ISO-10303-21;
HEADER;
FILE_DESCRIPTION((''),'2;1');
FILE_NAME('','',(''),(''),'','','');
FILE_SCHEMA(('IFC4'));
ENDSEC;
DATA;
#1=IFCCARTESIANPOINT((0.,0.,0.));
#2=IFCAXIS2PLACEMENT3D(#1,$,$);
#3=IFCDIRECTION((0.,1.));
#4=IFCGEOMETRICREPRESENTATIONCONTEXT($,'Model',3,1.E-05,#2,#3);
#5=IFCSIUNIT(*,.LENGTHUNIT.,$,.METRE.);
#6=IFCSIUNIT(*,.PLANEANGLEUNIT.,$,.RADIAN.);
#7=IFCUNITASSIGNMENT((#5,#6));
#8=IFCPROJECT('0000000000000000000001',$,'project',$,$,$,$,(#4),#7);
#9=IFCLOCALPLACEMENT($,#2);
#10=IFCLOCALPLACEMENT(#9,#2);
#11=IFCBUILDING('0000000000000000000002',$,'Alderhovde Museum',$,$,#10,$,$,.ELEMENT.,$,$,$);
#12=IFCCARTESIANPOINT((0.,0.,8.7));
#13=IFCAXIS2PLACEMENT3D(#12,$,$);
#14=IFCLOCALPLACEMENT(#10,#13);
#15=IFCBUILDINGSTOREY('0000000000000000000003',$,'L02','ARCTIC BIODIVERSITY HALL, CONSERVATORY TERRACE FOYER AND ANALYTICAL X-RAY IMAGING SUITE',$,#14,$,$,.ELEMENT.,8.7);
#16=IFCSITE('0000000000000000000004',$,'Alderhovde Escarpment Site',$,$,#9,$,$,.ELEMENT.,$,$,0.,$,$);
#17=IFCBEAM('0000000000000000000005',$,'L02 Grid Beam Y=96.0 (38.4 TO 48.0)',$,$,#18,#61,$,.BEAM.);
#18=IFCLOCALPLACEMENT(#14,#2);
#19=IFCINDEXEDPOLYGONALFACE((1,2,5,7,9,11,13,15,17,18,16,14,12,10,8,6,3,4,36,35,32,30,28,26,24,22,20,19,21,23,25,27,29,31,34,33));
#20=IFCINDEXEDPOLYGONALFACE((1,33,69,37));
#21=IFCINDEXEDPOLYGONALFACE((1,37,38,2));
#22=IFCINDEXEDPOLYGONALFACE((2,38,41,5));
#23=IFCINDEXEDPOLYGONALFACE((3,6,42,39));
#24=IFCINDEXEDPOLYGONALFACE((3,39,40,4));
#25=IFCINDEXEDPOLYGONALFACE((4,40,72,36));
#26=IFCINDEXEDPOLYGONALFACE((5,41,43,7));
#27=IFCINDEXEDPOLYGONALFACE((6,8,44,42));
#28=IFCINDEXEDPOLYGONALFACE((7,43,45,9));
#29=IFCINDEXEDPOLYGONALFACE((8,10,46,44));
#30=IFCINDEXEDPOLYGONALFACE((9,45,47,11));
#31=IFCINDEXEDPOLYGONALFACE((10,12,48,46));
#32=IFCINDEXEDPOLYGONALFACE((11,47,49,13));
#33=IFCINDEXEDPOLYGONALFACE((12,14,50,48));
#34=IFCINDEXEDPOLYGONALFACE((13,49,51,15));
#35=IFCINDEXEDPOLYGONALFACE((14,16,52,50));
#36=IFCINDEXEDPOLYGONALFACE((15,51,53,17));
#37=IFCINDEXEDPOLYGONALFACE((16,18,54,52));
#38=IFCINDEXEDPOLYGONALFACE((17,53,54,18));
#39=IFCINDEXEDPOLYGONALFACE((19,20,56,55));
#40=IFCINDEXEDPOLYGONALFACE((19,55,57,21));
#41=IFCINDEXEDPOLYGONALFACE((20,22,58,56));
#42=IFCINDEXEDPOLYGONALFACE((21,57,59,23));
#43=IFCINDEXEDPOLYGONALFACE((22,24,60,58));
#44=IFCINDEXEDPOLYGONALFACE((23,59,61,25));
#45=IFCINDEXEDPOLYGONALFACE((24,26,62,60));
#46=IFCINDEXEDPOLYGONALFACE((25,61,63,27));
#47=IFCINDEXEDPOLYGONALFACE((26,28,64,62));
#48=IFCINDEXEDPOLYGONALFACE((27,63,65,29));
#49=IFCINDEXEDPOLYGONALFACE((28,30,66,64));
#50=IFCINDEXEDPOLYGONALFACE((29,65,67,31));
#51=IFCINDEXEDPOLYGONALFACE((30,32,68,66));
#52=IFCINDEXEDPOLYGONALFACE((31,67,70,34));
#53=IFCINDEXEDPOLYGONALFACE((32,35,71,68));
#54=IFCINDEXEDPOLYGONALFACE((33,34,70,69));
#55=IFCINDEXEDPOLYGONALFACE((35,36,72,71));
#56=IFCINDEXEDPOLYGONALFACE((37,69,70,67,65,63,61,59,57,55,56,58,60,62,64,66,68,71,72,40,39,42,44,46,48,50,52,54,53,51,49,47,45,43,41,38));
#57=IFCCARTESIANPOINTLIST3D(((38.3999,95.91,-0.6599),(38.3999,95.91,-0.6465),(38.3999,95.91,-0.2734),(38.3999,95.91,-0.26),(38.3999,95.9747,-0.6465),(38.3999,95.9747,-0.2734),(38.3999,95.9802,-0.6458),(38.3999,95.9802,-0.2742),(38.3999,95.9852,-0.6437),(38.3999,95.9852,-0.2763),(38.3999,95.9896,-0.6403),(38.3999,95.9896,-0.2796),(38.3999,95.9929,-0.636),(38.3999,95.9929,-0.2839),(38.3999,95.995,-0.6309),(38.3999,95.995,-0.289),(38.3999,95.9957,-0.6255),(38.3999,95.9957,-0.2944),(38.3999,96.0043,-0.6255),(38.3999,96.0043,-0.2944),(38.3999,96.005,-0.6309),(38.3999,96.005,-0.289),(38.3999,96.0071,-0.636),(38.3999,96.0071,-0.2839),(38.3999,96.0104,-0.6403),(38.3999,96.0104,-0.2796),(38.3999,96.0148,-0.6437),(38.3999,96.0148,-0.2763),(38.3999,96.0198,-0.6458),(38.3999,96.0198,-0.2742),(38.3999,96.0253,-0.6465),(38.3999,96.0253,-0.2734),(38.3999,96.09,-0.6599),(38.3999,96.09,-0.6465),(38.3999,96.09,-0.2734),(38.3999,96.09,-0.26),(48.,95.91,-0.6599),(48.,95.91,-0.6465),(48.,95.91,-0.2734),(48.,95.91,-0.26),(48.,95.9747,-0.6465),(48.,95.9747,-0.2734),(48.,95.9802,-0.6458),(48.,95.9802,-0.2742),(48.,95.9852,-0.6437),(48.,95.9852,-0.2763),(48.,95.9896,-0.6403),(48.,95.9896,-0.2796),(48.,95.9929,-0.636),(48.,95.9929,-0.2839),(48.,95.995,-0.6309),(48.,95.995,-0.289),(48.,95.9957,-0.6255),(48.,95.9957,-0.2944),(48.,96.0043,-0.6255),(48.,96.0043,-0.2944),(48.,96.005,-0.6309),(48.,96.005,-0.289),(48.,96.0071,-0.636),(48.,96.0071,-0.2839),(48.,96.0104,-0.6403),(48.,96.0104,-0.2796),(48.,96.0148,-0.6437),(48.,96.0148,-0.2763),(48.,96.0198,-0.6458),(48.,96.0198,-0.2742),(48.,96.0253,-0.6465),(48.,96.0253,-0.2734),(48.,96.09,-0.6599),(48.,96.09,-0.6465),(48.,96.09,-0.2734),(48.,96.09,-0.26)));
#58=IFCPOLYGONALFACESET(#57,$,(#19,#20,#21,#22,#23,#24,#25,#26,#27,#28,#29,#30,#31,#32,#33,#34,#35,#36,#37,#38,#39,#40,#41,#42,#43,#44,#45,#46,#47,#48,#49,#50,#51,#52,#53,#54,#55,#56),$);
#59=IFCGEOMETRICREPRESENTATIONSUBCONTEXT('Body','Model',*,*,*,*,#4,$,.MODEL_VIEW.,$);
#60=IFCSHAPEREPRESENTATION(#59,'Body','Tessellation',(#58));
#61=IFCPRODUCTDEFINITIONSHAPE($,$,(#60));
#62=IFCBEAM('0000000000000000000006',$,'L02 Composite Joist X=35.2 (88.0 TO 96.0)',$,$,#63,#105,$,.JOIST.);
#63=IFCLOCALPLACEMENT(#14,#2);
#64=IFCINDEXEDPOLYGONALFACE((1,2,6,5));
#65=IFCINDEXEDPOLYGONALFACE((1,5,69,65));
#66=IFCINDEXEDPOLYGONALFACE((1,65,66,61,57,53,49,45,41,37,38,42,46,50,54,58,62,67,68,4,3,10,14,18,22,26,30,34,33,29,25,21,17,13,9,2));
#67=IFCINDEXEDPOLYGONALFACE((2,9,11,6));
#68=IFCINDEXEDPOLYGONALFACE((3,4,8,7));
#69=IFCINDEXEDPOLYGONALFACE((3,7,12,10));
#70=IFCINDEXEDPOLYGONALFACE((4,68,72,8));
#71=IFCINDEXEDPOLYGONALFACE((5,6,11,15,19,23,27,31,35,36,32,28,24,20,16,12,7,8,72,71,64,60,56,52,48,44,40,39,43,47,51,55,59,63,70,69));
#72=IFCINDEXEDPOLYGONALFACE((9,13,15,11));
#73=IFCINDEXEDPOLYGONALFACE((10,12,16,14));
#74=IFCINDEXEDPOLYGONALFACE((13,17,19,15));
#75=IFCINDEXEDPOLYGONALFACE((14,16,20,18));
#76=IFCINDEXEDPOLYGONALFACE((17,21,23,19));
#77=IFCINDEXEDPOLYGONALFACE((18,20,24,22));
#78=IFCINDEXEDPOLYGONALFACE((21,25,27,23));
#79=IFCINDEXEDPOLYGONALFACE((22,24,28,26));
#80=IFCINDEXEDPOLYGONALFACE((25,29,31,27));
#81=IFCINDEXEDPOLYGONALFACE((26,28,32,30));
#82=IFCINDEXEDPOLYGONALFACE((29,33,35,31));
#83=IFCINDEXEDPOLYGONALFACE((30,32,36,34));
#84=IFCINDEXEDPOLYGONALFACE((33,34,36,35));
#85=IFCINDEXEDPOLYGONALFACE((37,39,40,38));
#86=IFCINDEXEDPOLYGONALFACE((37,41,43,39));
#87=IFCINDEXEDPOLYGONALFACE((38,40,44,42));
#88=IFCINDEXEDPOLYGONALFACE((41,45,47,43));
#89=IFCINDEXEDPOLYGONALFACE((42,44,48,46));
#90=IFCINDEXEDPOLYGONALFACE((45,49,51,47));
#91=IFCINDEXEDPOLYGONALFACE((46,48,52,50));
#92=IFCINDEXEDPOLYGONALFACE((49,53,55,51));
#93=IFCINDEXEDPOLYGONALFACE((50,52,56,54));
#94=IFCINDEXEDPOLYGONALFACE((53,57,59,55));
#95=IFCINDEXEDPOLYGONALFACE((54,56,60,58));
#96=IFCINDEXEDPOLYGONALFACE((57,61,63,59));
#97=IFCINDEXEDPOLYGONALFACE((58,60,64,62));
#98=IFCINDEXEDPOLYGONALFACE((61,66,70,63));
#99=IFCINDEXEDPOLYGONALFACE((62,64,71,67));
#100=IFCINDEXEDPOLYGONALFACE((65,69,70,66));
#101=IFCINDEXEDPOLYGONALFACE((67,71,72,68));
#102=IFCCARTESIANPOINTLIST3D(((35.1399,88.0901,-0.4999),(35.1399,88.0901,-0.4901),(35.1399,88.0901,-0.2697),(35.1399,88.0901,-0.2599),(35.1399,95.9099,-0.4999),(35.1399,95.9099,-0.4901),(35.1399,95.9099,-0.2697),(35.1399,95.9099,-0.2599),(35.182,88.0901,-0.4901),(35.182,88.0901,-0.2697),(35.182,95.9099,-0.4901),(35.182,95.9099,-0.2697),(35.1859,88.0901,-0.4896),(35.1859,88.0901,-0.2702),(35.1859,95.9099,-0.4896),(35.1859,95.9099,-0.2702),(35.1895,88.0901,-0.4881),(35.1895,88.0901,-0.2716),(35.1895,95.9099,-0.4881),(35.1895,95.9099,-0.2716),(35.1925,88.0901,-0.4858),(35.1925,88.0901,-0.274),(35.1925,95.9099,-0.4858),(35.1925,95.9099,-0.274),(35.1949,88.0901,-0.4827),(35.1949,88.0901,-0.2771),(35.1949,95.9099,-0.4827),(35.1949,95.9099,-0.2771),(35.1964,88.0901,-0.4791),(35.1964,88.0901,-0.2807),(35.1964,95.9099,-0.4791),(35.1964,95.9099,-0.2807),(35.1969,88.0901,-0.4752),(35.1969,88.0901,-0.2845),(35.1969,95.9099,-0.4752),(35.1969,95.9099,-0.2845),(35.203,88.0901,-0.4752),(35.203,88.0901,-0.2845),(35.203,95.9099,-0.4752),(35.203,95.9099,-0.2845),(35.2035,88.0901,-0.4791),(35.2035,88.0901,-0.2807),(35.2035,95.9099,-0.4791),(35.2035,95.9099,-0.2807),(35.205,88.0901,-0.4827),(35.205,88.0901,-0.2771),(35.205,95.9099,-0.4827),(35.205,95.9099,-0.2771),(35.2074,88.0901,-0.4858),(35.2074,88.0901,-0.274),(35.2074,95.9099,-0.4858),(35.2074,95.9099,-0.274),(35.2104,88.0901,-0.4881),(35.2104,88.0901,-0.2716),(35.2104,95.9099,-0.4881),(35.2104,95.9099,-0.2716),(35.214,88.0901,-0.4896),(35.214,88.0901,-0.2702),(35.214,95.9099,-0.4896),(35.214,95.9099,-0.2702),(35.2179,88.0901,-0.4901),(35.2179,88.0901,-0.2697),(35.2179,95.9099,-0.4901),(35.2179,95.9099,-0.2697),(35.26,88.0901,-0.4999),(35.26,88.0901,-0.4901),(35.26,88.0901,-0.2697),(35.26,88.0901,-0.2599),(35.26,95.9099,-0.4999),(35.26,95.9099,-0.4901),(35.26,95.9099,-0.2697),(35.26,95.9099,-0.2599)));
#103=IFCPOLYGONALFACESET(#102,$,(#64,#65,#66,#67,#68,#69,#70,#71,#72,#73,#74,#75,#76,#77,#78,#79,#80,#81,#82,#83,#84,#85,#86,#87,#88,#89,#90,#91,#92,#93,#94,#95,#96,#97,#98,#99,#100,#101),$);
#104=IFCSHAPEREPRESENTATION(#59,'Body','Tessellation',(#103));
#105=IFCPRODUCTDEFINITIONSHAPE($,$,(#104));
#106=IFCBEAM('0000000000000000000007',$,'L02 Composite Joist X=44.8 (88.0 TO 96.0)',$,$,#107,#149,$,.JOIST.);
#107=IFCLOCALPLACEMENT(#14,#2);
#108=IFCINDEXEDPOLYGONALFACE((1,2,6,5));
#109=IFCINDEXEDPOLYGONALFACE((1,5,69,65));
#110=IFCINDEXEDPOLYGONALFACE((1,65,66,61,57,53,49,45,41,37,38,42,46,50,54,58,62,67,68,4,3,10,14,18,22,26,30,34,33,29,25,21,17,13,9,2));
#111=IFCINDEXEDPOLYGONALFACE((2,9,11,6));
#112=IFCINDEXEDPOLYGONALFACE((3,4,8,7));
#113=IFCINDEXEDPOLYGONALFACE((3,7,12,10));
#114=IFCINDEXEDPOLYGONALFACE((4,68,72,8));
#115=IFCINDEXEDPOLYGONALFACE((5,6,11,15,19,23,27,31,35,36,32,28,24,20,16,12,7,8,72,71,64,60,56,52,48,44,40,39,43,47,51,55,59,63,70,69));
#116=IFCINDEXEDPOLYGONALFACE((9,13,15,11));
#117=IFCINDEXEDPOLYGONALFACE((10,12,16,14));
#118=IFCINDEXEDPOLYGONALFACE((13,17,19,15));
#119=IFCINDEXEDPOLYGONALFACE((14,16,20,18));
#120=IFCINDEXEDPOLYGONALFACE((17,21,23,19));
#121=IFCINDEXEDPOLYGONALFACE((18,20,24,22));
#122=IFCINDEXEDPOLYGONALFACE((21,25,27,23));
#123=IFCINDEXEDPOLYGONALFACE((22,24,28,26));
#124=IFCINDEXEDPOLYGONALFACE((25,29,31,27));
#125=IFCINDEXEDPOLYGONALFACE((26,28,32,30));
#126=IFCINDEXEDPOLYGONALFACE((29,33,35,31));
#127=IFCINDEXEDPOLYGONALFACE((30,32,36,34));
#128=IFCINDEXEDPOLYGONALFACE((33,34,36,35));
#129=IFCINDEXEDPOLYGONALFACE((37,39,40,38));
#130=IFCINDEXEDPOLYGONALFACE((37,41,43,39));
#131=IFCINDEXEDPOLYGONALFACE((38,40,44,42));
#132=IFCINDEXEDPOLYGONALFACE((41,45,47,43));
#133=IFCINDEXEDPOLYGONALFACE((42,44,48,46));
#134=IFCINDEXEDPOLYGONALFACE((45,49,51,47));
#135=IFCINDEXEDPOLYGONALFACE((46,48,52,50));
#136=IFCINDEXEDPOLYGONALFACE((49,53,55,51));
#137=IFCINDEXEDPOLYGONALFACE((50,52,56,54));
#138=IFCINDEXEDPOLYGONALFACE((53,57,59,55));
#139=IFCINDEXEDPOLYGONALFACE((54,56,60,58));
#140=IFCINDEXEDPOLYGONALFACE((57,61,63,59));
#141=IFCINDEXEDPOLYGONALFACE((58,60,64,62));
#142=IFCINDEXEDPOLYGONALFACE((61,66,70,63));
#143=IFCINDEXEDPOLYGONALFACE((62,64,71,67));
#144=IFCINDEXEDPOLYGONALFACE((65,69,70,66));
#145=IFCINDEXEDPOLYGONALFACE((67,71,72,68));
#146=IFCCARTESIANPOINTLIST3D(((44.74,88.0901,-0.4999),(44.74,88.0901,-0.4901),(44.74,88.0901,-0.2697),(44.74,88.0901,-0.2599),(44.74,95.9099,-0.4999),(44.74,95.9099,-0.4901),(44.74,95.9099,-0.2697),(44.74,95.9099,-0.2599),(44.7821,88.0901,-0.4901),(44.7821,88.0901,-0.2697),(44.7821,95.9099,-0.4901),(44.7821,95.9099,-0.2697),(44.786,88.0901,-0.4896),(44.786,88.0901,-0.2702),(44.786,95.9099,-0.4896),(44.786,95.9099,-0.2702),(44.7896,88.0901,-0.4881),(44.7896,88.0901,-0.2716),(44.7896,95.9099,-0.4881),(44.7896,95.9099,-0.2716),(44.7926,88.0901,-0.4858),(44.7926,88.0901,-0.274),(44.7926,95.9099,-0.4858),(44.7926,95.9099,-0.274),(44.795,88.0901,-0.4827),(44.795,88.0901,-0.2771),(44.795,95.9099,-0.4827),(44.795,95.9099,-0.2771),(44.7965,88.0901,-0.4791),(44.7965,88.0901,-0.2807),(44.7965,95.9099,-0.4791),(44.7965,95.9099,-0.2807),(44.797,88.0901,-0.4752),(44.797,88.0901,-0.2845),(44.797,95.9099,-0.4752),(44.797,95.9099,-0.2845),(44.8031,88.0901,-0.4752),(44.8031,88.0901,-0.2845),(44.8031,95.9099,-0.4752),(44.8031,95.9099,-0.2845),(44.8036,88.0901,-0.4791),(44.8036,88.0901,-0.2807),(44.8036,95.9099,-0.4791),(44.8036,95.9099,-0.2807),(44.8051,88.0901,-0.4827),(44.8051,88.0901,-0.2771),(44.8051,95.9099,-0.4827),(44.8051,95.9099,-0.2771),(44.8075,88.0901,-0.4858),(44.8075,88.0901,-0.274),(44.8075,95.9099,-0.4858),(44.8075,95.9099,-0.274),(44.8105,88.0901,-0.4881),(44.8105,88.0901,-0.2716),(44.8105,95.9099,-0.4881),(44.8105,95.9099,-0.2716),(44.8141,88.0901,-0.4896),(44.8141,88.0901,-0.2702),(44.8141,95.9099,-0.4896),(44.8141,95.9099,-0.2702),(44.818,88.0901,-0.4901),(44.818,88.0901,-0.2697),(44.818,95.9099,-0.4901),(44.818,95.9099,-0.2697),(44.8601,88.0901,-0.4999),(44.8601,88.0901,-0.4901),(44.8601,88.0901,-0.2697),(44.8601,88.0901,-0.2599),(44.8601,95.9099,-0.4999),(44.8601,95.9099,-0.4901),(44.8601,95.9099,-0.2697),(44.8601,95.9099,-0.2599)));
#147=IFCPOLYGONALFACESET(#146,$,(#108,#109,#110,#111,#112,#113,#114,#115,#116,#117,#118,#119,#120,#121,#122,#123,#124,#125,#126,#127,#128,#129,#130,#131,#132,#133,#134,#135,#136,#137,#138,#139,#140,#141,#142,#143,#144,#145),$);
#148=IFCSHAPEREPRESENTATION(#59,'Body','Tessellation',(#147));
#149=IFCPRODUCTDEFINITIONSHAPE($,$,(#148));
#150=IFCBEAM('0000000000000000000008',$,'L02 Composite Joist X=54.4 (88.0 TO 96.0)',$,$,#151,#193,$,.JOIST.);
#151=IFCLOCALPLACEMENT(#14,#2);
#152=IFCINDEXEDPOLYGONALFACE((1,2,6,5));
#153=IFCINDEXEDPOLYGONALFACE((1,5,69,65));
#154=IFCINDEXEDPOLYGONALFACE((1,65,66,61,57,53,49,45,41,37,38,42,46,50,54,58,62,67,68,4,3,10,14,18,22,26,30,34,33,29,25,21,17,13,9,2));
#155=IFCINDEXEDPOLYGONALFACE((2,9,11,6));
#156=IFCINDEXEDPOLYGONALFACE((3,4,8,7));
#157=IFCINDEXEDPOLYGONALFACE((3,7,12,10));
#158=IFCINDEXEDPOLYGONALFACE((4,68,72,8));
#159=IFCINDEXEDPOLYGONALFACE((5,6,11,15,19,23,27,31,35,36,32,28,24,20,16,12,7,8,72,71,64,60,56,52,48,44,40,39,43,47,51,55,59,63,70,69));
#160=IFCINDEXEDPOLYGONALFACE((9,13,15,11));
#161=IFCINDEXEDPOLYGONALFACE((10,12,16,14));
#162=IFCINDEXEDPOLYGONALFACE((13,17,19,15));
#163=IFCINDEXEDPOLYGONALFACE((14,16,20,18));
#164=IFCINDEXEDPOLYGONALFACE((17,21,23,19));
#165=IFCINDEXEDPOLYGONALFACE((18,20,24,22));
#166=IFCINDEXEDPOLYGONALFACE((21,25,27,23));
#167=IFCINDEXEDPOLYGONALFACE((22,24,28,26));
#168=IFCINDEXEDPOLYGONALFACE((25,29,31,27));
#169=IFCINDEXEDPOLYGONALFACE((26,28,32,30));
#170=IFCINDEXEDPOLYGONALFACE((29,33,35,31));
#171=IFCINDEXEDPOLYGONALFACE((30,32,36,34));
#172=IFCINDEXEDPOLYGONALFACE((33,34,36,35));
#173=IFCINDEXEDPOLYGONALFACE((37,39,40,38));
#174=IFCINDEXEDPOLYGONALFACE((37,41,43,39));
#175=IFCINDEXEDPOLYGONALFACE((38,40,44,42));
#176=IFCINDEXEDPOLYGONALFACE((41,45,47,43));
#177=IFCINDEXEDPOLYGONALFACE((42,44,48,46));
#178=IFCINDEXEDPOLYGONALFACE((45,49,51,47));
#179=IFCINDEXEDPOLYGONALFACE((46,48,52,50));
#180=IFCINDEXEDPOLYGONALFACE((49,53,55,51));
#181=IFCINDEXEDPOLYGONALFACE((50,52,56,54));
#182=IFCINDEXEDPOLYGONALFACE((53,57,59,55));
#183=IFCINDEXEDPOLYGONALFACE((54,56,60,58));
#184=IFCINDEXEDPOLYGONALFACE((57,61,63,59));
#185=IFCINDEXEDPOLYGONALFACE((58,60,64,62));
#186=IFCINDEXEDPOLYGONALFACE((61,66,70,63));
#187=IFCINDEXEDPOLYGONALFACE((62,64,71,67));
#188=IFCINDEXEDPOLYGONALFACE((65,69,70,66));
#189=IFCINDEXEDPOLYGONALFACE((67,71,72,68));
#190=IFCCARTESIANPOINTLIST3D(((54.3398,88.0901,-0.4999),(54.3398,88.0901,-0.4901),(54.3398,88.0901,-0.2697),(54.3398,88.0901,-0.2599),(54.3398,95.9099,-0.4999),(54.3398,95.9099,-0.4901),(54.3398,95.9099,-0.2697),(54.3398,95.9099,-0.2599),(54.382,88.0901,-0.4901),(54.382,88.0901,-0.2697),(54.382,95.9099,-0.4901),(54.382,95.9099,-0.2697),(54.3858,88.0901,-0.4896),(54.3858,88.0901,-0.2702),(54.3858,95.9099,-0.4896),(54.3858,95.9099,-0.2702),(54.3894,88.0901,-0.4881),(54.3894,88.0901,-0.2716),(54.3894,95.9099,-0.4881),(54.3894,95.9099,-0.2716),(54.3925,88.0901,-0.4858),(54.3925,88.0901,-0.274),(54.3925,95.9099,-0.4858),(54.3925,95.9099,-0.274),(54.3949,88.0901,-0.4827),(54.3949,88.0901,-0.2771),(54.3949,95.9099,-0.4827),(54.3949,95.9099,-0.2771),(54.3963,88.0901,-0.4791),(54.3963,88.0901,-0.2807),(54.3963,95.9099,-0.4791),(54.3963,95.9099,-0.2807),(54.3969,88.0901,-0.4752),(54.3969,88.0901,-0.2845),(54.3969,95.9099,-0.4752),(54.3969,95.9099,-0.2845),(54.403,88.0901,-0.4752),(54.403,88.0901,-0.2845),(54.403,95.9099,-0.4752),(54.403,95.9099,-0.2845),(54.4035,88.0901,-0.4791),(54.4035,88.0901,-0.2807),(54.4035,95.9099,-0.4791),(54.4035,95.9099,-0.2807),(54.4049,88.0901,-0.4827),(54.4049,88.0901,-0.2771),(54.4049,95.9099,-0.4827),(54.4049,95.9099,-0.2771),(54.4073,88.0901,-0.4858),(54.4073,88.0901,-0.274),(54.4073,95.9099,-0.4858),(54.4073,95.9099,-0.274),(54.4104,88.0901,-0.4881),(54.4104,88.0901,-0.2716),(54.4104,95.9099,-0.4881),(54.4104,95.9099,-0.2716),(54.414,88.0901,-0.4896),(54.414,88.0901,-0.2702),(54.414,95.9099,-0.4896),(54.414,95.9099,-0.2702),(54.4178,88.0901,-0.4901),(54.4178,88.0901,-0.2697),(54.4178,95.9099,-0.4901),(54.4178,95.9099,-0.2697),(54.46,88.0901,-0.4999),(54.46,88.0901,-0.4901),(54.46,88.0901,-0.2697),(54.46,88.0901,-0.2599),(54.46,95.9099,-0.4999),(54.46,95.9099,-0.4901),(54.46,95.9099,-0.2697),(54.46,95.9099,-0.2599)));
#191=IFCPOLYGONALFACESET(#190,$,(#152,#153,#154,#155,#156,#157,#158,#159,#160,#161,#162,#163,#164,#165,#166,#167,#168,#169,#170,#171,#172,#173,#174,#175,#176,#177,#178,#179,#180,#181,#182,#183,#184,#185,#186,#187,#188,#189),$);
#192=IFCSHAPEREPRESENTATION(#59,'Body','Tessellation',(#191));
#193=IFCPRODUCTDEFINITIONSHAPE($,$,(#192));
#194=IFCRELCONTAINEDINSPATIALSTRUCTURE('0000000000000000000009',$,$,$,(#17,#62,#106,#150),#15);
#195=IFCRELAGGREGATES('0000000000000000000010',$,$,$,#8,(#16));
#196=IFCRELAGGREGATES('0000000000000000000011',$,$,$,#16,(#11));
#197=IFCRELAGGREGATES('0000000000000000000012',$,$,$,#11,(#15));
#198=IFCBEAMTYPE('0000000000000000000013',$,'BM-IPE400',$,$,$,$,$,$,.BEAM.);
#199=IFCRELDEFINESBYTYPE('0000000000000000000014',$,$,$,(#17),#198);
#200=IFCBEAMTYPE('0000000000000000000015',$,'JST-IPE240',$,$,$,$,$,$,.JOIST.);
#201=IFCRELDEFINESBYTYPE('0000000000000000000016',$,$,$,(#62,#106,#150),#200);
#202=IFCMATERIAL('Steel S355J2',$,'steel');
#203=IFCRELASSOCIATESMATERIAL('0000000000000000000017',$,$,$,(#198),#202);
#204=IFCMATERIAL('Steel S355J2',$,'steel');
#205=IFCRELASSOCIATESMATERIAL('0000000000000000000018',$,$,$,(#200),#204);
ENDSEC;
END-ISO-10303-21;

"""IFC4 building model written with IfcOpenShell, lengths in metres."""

from ifc_helpers import new_model, si_unit, direction, frame, origin, origin_2d, place, context, subcontext, project, spatial, i_section, extrude, material, material_profile, profile_set, type_object, element, save


model = new_model("IFC4")

# Units and contexts
model_context = context("Model", 3, precision=1e-05, world=origin(), true_north=direction((0.0, 1.0)))
body_context = subcontext(model_context, "Body", "Model", "MODEL_VIEW")
ifc_project = project(units=[si_unit("LENGTHUNIT", "METRE"), si_unit("PLANEANGLEUNIT", "RADIAN")], contexts=[model_context])

# Site, building, storey
site_placement = place(None, origin())
site = spatial("IfcSite", under=ifc_project, at=site_placement, Name="Alderhovde Escarpment Site", CompositionType="ELEMENT", RefElevation=0.0)
building_placement = place(site_placement, origin())
building = spatial("IfcBuilding", under=site, at=building_placement, Name="Alderhovde Museum", CompositionType="ELEMENT")
storey_placement = place(building_placement, frame((0.0, 0.0, 8.7)))
storey = spatial("IfcBuildingStorey", under=building, at=storey_placement, Name="L02", Description="ARCTIC BIODIVERSITY HALL, CONSERVATORY TERRACE FOYER AND ANALYTICAL X-RAY IMAGING SUITE", CompositionType="ELEMENT", Elevation=8.7)

# Beams
ifc_material_1 = material(Name="Steel S355J2", Category="steel")
ifc_material_profile_1 = material_profile(ifc_material_1, i_section(OverallWidth=0.1799, OverallDepth=0.3999, WebThickness=0.0085, FlangeThickness=0.0134, FilletRadius=0.021, at=origin_2d()), Name="IPE 400")
ifc_profile_set_1 = profile_set([ifc_material_profile_1], Name="Steel S355J2")
beam_type_1 = type_object("IfcBeamType", Name="BM-IPE400", PredefinedType="BEAM", material=ifc_profile_set_1)
for number, where, z_axis, x_axis, name in (
    (1, (38.3999, 96.0, -0.46), (1.0, 0.0, 0.0), (0.0, 1.0, 0.0), "L02 Grid Beam Y=96.0 (38.4 TO 48.0)"),
):
    element("IfcBeam", number, at=place(storey_placement, frame(where, z_axis=z_axis, x_axis=x_axis)), inside=storey, type_object=beam_type_1, Name=name, PredefinedType="BEAM", context=body_context, shape_type="SweptSolid", body=[
        extrude(i_section(OverallWidth=0.1799, OverallDepth=0.3999, WebThickness=0.0085, FlangeThickness=0.0134, FilletRadius=0.021, at=origin_2d()), origin(), (0.0, 0.0, 1.0), 9.6001),
    ])
ifc_material_2 = material(Name="Steel S355J2", Category="steel")
ifc_material_profile_2 = material_profile(ifc_material_2, i_section(OverallWidth=0.1201, OverallDepth=0.24, WebThickness=0.0061, FlangeThickness=0.0098, FilletRadius=0.0149, at=origin_2d()), Name="IPE 240")
ifc_profile_set_2 = profile_set([ifc_material_profile_2], Name="Steel S355J2")
beam_type_2 = type_object("IfcBeamType", Name="JST-IPE240", PredefinedType="JOIST", material=ifc_profile_set_2)
for number, where, z_axis, x_axis, name in (
    (2, (35.2, 88.0901, -0.3799), (0.0, 1.0, 0.0), (-1.0, 0.0, 0.0), "L02 Composite Joist X=35.2 (88.0 TO 96.0)"),
    (3, (44.8, 88.0901, -0.3799), (0.0, 1.0, 0.0), (-1.0, 0.0, 0.0), "L02 Composite Joist X=44.8 (88.0 TO 96.0)"),
    (4, (54.3999, 88.0901, -0.3799), (0.0, 1.0, 0.0), (-1.0, 0.0, 0.0), "L02 Composite Joist X=54.4 (88.0 TO 96.0)"),
):
    element("IfcBeam", number, at=place(storey_placement, frame(where, z_axis=z_axis, x_axis=x_axis)), inside=storey, type_object=beam_type_2, Name=name, PredefinedType="JOIST", context=body_context, shape_type="SweptSolid", body=[
        extrude(i_section(OverallWidth=0.1201, OverallDepth=0.24, WebThickness=0.0061, FlangeThickness=0.0098, FilletRadius=0.0149, at=origin_2d()), origin(), (0.0, 0.0, 1.0), 7.8198),
    ])

save(model, "model.ifc")
